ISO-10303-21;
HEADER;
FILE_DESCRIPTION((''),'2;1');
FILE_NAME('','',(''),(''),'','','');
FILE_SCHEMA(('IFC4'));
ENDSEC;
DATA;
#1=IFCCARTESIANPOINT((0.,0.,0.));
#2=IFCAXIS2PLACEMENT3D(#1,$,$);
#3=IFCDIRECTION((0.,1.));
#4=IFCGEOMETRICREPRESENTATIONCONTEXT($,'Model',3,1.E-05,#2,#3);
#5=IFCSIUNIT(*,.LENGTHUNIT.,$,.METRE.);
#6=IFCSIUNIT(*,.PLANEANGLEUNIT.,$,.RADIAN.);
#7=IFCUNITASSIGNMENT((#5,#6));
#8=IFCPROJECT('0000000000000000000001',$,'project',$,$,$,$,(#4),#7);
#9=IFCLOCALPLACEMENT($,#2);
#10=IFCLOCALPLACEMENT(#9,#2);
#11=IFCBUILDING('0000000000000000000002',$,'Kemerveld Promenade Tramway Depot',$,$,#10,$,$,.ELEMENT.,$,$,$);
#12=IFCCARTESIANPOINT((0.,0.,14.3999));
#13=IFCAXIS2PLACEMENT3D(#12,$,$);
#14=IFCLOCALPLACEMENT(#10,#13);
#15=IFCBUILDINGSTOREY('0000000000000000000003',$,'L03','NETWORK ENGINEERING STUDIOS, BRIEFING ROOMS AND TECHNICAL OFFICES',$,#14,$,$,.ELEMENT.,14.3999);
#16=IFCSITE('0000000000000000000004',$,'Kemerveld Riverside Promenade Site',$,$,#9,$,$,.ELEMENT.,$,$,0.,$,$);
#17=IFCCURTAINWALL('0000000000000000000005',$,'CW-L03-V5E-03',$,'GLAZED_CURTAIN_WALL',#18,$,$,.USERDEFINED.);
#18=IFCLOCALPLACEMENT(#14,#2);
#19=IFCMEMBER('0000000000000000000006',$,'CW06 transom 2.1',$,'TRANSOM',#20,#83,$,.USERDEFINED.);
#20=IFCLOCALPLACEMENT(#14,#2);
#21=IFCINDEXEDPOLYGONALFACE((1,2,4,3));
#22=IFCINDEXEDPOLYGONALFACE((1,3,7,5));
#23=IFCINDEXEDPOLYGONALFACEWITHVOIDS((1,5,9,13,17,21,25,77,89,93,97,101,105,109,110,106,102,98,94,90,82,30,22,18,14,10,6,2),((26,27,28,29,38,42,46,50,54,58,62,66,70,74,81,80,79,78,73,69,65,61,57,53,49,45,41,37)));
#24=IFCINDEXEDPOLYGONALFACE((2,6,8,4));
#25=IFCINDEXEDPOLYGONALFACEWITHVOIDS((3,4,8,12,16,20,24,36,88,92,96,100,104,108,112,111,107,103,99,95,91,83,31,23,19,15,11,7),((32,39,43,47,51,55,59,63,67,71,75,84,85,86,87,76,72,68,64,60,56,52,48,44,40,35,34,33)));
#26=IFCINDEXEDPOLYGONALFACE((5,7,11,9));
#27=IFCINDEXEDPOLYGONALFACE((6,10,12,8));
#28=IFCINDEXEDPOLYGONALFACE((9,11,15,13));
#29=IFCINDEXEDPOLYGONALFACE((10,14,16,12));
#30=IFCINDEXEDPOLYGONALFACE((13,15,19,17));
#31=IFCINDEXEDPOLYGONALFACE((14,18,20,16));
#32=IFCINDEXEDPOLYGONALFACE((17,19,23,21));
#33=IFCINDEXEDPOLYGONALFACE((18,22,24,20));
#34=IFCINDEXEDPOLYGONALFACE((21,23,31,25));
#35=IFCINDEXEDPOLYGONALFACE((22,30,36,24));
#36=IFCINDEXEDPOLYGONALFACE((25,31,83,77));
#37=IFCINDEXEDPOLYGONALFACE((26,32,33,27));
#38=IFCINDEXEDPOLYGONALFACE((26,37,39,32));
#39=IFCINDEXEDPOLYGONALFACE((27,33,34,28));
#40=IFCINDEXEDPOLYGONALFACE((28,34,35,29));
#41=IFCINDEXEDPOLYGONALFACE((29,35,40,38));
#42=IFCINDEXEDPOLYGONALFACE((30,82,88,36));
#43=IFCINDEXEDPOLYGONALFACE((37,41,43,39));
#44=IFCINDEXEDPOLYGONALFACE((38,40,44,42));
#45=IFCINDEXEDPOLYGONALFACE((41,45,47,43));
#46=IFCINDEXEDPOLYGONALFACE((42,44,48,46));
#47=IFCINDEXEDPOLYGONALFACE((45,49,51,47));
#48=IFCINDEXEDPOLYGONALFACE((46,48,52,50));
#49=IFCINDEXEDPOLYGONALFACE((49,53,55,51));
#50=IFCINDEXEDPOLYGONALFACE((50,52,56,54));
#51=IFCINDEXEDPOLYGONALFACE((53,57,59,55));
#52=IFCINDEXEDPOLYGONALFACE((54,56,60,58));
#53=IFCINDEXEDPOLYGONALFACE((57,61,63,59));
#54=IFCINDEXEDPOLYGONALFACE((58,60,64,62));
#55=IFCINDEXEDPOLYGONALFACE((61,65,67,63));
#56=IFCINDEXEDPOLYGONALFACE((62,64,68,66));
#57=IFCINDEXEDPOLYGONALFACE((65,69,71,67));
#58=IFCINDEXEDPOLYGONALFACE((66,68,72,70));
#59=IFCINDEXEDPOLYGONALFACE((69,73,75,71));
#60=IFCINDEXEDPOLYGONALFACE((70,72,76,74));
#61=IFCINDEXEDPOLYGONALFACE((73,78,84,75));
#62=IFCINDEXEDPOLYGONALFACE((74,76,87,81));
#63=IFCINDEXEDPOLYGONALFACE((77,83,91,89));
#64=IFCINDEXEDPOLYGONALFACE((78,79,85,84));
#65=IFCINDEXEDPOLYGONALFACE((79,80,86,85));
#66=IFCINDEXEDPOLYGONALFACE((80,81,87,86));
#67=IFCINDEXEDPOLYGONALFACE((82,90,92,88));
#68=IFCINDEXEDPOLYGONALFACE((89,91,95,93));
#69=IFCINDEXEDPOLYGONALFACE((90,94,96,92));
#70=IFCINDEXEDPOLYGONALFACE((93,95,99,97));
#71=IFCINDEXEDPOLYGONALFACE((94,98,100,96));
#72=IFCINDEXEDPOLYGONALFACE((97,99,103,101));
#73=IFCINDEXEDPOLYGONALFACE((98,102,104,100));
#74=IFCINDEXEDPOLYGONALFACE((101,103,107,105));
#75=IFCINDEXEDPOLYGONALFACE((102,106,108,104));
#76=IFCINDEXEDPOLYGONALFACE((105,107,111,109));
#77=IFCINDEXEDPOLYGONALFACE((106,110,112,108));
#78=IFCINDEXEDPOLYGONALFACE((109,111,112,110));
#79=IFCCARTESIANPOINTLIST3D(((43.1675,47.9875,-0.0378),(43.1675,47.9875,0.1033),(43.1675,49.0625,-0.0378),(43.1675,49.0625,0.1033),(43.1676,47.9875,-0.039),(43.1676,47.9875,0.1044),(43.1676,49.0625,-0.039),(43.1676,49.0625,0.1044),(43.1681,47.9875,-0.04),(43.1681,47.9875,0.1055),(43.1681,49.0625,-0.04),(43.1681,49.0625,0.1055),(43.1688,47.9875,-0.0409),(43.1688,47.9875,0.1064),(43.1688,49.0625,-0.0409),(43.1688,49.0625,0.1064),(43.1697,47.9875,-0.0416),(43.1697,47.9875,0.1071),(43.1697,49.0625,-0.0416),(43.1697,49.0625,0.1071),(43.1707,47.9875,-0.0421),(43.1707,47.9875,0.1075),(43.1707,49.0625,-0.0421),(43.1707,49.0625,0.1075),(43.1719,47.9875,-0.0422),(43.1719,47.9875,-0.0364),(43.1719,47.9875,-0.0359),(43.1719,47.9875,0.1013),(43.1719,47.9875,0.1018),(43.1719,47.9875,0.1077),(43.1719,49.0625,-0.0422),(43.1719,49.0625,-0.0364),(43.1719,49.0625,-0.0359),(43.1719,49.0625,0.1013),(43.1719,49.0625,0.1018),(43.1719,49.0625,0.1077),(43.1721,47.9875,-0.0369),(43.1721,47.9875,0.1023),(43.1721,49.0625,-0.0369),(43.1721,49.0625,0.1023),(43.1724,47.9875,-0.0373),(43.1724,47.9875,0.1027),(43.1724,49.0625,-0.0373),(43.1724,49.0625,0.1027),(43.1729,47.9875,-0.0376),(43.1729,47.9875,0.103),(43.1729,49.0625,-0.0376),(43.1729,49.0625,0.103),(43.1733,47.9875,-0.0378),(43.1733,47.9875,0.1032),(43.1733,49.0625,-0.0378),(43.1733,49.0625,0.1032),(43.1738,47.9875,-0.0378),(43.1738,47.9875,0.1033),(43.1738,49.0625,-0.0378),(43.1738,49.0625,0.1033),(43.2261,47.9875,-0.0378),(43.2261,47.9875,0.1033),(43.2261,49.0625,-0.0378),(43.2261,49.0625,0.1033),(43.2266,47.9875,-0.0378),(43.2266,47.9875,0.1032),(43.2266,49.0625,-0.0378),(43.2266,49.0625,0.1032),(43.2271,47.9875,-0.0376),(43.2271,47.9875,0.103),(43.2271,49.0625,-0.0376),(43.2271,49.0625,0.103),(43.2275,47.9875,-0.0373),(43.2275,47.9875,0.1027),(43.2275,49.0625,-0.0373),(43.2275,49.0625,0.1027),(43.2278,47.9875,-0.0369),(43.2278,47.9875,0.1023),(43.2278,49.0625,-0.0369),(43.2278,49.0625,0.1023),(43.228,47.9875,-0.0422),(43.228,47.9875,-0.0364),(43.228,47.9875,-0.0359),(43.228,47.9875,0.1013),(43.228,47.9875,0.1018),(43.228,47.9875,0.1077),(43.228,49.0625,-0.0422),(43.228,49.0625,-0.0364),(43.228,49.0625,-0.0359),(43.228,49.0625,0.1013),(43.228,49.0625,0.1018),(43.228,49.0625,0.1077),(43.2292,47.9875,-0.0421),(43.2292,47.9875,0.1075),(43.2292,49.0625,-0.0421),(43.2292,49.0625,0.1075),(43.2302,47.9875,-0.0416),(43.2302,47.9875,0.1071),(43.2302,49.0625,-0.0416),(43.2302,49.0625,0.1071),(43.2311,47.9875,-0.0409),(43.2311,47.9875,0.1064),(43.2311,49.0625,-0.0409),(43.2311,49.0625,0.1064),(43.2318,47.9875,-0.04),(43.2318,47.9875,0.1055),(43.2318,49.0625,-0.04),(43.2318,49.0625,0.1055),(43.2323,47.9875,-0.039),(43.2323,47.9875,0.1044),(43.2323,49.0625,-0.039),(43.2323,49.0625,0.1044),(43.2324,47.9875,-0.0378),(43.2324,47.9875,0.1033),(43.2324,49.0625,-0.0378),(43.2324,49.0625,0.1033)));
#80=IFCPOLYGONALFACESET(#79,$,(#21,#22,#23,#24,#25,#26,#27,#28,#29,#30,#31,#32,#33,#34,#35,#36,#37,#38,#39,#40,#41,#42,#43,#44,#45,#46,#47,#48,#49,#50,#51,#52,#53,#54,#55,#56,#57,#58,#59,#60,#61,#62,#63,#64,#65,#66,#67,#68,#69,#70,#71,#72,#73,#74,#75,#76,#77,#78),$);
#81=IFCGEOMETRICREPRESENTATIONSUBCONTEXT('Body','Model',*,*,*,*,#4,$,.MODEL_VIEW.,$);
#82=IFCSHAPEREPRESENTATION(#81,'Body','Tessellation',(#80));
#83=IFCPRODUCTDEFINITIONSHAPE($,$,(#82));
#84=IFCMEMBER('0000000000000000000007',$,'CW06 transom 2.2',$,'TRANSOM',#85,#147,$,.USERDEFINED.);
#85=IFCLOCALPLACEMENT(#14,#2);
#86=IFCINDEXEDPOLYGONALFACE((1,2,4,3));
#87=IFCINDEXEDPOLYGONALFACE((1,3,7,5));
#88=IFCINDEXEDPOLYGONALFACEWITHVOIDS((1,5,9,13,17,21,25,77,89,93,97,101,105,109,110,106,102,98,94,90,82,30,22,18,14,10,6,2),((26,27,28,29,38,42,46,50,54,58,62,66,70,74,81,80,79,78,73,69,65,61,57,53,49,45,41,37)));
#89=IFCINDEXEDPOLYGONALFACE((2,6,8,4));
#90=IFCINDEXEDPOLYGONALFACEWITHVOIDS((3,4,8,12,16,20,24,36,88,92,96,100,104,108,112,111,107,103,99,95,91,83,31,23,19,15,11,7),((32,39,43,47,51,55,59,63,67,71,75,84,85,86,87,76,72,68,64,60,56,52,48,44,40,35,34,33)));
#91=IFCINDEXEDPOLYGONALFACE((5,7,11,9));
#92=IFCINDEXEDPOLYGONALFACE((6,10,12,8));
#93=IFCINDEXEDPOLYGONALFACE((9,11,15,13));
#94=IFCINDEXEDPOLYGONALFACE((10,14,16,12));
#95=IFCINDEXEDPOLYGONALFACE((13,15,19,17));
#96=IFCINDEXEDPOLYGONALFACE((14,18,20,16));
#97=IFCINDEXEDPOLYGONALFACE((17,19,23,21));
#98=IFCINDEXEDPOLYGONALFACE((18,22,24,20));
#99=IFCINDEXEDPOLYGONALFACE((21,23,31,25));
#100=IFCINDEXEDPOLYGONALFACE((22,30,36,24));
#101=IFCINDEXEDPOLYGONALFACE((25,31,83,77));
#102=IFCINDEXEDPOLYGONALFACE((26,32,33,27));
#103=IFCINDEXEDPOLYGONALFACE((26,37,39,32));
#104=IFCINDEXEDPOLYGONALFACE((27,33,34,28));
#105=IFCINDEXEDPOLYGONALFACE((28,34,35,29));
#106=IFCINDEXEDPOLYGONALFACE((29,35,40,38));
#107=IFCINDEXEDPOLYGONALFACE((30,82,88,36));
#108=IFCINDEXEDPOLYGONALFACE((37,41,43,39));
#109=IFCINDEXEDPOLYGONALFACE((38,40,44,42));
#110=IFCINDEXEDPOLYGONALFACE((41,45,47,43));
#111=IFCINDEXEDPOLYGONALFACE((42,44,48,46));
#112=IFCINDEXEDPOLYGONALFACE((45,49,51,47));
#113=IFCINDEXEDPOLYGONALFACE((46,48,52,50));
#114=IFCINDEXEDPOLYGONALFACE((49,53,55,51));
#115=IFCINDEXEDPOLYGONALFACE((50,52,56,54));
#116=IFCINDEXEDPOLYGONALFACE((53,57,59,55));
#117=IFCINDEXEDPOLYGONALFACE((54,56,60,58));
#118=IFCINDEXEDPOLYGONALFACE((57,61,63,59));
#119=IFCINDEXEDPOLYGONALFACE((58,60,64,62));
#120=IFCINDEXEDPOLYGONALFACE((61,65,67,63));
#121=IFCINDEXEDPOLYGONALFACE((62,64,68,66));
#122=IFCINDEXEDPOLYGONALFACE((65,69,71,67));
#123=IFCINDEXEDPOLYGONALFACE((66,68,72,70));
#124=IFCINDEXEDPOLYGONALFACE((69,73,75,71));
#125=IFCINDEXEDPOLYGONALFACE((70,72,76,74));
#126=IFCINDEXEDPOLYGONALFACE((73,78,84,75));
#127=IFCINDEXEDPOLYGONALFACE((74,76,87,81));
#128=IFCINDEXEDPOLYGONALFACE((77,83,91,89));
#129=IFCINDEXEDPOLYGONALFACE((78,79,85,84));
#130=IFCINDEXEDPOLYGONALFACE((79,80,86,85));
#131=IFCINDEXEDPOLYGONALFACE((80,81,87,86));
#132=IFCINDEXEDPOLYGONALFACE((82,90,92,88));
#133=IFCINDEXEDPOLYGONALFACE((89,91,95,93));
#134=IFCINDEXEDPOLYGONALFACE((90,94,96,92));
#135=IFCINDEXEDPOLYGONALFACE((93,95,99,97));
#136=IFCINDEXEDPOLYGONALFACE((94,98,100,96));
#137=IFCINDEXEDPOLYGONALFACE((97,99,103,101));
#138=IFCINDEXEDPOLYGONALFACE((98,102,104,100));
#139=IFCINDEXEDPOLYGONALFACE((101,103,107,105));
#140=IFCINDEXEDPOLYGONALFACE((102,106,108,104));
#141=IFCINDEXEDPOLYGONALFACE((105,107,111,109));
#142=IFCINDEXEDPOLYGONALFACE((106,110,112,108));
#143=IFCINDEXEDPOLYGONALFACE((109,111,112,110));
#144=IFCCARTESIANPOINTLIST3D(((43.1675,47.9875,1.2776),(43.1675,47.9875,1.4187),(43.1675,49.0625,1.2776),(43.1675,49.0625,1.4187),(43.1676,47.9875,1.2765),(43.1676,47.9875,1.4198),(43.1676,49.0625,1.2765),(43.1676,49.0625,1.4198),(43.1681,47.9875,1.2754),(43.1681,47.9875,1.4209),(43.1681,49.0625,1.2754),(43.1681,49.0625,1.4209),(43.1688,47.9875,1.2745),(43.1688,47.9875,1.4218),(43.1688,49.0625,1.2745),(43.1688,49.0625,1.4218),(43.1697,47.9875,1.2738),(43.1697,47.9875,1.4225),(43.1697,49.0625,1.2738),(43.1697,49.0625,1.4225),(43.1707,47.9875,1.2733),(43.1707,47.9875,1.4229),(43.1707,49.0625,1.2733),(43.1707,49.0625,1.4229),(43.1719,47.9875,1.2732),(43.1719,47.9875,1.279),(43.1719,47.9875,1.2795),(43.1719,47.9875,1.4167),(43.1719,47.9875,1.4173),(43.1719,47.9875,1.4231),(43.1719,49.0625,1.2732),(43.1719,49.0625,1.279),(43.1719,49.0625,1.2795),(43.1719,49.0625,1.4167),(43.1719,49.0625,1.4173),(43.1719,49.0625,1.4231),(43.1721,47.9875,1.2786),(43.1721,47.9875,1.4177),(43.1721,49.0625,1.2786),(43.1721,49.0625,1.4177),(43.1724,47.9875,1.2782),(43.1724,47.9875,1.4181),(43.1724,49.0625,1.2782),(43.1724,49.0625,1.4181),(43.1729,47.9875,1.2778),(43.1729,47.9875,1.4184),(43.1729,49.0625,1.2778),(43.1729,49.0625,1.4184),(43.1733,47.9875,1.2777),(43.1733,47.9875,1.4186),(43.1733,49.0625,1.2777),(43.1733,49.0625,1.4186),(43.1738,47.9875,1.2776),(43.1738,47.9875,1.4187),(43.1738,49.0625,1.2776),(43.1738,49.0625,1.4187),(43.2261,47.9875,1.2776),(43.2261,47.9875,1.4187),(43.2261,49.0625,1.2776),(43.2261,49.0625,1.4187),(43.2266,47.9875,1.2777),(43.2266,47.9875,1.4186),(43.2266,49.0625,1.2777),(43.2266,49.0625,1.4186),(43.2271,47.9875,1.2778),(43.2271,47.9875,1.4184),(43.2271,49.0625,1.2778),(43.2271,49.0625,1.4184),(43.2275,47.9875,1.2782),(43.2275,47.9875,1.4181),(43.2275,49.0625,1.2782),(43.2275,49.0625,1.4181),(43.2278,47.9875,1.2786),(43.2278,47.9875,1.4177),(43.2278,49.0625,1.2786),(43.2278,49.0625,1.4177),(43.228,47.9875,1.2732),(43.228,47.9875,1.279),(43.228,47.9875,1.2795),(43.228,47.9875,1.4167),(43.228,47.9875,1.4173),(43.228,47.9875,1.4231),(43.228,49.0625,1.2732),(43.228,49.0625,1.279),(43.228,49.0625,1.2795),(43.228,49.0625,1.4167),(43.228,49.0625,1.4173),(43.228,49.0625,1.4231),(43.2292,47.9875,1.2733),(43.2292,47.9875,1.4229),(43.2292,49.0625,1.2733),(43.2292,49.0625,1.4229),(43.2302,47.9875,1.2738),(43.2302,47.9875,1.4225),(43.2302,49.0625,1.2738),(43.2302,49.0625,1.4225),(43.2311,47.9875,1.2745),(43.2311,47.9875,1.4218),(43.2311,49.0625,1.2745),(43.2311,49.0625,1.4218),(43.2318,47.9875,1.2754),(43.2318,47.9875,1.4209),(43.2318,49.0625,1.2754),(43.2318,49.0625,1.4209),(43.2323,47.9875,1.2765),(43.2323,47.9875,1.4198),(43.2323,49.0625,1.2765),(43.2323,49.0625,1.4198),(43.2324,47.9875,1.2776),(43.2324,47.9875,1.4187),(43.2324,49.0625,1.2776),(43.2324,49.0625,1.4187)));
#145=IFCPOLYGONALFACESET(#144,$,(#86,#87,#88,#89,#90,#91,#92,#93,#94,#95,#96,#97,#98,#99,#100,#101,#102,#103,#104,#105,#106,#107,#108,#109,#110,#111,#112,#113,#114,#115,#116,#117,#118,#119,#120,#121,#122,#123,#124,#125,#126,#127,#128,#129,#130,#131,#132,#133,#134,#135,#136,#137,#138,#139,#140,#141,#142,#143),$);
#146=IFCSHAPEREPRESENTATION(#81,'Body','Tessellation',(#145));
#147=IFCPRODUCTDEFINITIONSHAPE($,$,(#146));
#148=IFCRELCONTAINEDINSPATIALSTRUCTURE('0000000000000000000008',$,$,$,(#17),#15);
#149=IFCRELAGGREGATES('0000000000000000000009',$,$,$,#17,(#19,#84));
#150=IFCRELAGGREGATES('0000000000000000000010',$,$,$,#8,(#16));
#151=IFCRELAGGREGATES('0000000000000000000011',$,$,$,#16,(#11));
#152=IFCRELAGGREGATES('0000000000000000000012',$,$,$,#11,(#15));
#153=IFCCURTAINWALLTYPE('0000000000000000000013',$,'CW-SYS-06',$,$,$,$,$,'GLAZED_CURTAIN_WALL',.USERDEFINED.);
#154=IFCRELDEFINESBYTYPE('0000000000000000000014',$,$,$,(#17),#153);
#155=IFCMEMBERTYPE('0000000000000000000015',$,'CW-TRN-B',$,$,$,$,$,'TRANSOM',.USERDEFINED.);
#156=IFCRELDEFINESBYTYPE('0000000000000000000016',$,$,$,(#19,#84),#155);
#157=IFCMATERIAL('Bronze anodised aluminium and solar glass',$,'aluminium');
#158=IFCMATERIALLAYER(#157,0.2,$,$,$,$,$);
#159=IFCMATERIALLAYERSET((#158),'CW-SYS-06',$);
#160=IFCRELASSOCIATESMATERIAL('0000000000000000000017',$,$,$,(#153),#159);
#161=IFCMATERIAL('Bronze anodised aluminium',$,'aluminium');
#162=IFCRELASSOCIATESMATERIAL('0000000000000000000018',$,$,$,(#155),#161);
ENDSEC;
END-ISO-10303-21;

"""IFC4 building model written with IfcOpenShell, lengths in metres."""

from ifc_helpers import new_model, si_unit, direction, frame, origin, origin_2d, place, context, subcontext, project, spatial, hollow_rectangle, extrude, material, layer, layer_set, material_profile, profile_set, type_object, element, aggregate, save


model = new_model("IFC4")

# Units and contexts
model_context = context("Model", 3, precision=1e-05, world=origin(), true_north=direction((0.0, 1.0)))
body_context = subcontext(model_context, "Body", "Model", "MODEL_VIEW")
ifc_project = project(units=[si_unit("LENGTHUNIT", "METRE"), si_unit("PLANEANGLEUNIT", "RADIAN")], contexts=[model_context])

# Site, building, storey
site_placement = place(None, origin())
site = spatial("IfcSite", under=ifc_project, at=site_placement, Name="Kemerveld Riverside Promenade Site", CompositionType="ELEMENT", RefElevation=0.0)
building_placement = place(site_placement, origin())
building = spatial("IfcBuilding", under=site, at=building_placement, Name="Kemerveld Promenade Tramway Depot", CompositionType="ELEMENT")
storey_placement = place(building_placement, frame((0.0, 0.0, 14.3999)))
storey = spatial("IfcBuildingStorey", under=building, at=storey_placement, Name="L03", Description="NETWORK ENGINEERING STUDIOS, BRIEFING ROOMS AND TECHNICAL OFFICES", CompositionType="ELEMENT", Elevation=14.3999)

# Curtain wall, members
ifc_material_1 = material(Name="Bronze anodised aluminium and solar glass", Category="aluminium")
ifc_layer_1 = layer(ifc_material_1, 0.2)
ifc_layer_set_1 = layer_set([ifc_layer_1], Name="CW-SYS-06")
curtain_wall_type = type_object("IfcCurtainWallType", Name="CW-SYS-06", ElementType="GLAZED_CURTAIN_WALL", PredefinedType="USERDEFINED", material=ifc_layer_set_1)
curtain_wall_placement = place(storey_placement, origin())
curtain_wall = element("IfcCurtainWall", 1, at=curtain_wall_placement, inside=storey, type_object=curtain_wall_type, Name="CW-L03-V5E-03", ObjectType="GLAZED_CURTAIN_WALL", PredefinedType="USERDEFINED")
ifc_material_2 = material(Name="Bronze anodised aluminium", Category="aluminium")
ifc_material_profile_1 = material_profile(ifc_material_2, hollow_rectangle(XDim=0.0649, YDim=0.1499, WallThickness=0.0044, InnerFilletRadius=0.002, OuterFilletRadius=0.0044, at=origin_2d()), Name="CW-TRN-150x65")
ifc_profile_set_1 = profile_set([ifc_material_profile_1], Name="Bronze anodised aluminium")
member_type_1 = type_object("IfcMemberType", Name="CW-TRN-B", ElementType="TRANSOM", PredefinedType="USERDEFINED", material=ifc_profile_set_1)
member_1_placement = place(storey_placement, frame((43.2, 49.0625, 0.0327), z_axis=(0.0, -1.0, 0.0), x_axis=(1.0, 0.0, 0.0)))
member_1 = element("IfcMember", 2, at=member_1_placement, type_object=member_type_1, Name="CW06 transom 2.1", ObjectType="TRANSOM", PredefinedType="USERDEFINED", context=body_context, shape_type="SweptSolid", body=[
    extrude(hollow_rectangle(XDim=0.0649, YDim=0.1499, WallThickness=0.0044, InnerFilletRadius=0.002, OuterFilletRadius=0.0044, at=origin_2d()), origin(), (0.0, 0.0, 1.0), 1.075),
])
member_2_placement = place(storey_placement, frame((43.2, 49.0625, 1.3481), z_axis=(0.0, -1.0, 0.0), x_axis=(1.0, 0.0, 0.0)))
member_2 = element("IfcMember", 3, at=member_2_placement, type_object=member_type_1, Name="CW06 transom 2.2", ObjectType="TRANSOM", PredefinedType="USERDEFINED", context=body_context, shape_type="SweptSolid", body=[
    extrude(hollow_rectangle(XDim=0.0649, YDim=0.1499, WallThickness=0.0044, InnerFilletRadius=0.002, OuterFilletRadius=0.0044, at=origin_2d()), origin(), (0.0, 0.0, 1.0), 1.075),
])
aggregate(curtain_wall, [member_1, member_2])

save(model, "model.ifc")
